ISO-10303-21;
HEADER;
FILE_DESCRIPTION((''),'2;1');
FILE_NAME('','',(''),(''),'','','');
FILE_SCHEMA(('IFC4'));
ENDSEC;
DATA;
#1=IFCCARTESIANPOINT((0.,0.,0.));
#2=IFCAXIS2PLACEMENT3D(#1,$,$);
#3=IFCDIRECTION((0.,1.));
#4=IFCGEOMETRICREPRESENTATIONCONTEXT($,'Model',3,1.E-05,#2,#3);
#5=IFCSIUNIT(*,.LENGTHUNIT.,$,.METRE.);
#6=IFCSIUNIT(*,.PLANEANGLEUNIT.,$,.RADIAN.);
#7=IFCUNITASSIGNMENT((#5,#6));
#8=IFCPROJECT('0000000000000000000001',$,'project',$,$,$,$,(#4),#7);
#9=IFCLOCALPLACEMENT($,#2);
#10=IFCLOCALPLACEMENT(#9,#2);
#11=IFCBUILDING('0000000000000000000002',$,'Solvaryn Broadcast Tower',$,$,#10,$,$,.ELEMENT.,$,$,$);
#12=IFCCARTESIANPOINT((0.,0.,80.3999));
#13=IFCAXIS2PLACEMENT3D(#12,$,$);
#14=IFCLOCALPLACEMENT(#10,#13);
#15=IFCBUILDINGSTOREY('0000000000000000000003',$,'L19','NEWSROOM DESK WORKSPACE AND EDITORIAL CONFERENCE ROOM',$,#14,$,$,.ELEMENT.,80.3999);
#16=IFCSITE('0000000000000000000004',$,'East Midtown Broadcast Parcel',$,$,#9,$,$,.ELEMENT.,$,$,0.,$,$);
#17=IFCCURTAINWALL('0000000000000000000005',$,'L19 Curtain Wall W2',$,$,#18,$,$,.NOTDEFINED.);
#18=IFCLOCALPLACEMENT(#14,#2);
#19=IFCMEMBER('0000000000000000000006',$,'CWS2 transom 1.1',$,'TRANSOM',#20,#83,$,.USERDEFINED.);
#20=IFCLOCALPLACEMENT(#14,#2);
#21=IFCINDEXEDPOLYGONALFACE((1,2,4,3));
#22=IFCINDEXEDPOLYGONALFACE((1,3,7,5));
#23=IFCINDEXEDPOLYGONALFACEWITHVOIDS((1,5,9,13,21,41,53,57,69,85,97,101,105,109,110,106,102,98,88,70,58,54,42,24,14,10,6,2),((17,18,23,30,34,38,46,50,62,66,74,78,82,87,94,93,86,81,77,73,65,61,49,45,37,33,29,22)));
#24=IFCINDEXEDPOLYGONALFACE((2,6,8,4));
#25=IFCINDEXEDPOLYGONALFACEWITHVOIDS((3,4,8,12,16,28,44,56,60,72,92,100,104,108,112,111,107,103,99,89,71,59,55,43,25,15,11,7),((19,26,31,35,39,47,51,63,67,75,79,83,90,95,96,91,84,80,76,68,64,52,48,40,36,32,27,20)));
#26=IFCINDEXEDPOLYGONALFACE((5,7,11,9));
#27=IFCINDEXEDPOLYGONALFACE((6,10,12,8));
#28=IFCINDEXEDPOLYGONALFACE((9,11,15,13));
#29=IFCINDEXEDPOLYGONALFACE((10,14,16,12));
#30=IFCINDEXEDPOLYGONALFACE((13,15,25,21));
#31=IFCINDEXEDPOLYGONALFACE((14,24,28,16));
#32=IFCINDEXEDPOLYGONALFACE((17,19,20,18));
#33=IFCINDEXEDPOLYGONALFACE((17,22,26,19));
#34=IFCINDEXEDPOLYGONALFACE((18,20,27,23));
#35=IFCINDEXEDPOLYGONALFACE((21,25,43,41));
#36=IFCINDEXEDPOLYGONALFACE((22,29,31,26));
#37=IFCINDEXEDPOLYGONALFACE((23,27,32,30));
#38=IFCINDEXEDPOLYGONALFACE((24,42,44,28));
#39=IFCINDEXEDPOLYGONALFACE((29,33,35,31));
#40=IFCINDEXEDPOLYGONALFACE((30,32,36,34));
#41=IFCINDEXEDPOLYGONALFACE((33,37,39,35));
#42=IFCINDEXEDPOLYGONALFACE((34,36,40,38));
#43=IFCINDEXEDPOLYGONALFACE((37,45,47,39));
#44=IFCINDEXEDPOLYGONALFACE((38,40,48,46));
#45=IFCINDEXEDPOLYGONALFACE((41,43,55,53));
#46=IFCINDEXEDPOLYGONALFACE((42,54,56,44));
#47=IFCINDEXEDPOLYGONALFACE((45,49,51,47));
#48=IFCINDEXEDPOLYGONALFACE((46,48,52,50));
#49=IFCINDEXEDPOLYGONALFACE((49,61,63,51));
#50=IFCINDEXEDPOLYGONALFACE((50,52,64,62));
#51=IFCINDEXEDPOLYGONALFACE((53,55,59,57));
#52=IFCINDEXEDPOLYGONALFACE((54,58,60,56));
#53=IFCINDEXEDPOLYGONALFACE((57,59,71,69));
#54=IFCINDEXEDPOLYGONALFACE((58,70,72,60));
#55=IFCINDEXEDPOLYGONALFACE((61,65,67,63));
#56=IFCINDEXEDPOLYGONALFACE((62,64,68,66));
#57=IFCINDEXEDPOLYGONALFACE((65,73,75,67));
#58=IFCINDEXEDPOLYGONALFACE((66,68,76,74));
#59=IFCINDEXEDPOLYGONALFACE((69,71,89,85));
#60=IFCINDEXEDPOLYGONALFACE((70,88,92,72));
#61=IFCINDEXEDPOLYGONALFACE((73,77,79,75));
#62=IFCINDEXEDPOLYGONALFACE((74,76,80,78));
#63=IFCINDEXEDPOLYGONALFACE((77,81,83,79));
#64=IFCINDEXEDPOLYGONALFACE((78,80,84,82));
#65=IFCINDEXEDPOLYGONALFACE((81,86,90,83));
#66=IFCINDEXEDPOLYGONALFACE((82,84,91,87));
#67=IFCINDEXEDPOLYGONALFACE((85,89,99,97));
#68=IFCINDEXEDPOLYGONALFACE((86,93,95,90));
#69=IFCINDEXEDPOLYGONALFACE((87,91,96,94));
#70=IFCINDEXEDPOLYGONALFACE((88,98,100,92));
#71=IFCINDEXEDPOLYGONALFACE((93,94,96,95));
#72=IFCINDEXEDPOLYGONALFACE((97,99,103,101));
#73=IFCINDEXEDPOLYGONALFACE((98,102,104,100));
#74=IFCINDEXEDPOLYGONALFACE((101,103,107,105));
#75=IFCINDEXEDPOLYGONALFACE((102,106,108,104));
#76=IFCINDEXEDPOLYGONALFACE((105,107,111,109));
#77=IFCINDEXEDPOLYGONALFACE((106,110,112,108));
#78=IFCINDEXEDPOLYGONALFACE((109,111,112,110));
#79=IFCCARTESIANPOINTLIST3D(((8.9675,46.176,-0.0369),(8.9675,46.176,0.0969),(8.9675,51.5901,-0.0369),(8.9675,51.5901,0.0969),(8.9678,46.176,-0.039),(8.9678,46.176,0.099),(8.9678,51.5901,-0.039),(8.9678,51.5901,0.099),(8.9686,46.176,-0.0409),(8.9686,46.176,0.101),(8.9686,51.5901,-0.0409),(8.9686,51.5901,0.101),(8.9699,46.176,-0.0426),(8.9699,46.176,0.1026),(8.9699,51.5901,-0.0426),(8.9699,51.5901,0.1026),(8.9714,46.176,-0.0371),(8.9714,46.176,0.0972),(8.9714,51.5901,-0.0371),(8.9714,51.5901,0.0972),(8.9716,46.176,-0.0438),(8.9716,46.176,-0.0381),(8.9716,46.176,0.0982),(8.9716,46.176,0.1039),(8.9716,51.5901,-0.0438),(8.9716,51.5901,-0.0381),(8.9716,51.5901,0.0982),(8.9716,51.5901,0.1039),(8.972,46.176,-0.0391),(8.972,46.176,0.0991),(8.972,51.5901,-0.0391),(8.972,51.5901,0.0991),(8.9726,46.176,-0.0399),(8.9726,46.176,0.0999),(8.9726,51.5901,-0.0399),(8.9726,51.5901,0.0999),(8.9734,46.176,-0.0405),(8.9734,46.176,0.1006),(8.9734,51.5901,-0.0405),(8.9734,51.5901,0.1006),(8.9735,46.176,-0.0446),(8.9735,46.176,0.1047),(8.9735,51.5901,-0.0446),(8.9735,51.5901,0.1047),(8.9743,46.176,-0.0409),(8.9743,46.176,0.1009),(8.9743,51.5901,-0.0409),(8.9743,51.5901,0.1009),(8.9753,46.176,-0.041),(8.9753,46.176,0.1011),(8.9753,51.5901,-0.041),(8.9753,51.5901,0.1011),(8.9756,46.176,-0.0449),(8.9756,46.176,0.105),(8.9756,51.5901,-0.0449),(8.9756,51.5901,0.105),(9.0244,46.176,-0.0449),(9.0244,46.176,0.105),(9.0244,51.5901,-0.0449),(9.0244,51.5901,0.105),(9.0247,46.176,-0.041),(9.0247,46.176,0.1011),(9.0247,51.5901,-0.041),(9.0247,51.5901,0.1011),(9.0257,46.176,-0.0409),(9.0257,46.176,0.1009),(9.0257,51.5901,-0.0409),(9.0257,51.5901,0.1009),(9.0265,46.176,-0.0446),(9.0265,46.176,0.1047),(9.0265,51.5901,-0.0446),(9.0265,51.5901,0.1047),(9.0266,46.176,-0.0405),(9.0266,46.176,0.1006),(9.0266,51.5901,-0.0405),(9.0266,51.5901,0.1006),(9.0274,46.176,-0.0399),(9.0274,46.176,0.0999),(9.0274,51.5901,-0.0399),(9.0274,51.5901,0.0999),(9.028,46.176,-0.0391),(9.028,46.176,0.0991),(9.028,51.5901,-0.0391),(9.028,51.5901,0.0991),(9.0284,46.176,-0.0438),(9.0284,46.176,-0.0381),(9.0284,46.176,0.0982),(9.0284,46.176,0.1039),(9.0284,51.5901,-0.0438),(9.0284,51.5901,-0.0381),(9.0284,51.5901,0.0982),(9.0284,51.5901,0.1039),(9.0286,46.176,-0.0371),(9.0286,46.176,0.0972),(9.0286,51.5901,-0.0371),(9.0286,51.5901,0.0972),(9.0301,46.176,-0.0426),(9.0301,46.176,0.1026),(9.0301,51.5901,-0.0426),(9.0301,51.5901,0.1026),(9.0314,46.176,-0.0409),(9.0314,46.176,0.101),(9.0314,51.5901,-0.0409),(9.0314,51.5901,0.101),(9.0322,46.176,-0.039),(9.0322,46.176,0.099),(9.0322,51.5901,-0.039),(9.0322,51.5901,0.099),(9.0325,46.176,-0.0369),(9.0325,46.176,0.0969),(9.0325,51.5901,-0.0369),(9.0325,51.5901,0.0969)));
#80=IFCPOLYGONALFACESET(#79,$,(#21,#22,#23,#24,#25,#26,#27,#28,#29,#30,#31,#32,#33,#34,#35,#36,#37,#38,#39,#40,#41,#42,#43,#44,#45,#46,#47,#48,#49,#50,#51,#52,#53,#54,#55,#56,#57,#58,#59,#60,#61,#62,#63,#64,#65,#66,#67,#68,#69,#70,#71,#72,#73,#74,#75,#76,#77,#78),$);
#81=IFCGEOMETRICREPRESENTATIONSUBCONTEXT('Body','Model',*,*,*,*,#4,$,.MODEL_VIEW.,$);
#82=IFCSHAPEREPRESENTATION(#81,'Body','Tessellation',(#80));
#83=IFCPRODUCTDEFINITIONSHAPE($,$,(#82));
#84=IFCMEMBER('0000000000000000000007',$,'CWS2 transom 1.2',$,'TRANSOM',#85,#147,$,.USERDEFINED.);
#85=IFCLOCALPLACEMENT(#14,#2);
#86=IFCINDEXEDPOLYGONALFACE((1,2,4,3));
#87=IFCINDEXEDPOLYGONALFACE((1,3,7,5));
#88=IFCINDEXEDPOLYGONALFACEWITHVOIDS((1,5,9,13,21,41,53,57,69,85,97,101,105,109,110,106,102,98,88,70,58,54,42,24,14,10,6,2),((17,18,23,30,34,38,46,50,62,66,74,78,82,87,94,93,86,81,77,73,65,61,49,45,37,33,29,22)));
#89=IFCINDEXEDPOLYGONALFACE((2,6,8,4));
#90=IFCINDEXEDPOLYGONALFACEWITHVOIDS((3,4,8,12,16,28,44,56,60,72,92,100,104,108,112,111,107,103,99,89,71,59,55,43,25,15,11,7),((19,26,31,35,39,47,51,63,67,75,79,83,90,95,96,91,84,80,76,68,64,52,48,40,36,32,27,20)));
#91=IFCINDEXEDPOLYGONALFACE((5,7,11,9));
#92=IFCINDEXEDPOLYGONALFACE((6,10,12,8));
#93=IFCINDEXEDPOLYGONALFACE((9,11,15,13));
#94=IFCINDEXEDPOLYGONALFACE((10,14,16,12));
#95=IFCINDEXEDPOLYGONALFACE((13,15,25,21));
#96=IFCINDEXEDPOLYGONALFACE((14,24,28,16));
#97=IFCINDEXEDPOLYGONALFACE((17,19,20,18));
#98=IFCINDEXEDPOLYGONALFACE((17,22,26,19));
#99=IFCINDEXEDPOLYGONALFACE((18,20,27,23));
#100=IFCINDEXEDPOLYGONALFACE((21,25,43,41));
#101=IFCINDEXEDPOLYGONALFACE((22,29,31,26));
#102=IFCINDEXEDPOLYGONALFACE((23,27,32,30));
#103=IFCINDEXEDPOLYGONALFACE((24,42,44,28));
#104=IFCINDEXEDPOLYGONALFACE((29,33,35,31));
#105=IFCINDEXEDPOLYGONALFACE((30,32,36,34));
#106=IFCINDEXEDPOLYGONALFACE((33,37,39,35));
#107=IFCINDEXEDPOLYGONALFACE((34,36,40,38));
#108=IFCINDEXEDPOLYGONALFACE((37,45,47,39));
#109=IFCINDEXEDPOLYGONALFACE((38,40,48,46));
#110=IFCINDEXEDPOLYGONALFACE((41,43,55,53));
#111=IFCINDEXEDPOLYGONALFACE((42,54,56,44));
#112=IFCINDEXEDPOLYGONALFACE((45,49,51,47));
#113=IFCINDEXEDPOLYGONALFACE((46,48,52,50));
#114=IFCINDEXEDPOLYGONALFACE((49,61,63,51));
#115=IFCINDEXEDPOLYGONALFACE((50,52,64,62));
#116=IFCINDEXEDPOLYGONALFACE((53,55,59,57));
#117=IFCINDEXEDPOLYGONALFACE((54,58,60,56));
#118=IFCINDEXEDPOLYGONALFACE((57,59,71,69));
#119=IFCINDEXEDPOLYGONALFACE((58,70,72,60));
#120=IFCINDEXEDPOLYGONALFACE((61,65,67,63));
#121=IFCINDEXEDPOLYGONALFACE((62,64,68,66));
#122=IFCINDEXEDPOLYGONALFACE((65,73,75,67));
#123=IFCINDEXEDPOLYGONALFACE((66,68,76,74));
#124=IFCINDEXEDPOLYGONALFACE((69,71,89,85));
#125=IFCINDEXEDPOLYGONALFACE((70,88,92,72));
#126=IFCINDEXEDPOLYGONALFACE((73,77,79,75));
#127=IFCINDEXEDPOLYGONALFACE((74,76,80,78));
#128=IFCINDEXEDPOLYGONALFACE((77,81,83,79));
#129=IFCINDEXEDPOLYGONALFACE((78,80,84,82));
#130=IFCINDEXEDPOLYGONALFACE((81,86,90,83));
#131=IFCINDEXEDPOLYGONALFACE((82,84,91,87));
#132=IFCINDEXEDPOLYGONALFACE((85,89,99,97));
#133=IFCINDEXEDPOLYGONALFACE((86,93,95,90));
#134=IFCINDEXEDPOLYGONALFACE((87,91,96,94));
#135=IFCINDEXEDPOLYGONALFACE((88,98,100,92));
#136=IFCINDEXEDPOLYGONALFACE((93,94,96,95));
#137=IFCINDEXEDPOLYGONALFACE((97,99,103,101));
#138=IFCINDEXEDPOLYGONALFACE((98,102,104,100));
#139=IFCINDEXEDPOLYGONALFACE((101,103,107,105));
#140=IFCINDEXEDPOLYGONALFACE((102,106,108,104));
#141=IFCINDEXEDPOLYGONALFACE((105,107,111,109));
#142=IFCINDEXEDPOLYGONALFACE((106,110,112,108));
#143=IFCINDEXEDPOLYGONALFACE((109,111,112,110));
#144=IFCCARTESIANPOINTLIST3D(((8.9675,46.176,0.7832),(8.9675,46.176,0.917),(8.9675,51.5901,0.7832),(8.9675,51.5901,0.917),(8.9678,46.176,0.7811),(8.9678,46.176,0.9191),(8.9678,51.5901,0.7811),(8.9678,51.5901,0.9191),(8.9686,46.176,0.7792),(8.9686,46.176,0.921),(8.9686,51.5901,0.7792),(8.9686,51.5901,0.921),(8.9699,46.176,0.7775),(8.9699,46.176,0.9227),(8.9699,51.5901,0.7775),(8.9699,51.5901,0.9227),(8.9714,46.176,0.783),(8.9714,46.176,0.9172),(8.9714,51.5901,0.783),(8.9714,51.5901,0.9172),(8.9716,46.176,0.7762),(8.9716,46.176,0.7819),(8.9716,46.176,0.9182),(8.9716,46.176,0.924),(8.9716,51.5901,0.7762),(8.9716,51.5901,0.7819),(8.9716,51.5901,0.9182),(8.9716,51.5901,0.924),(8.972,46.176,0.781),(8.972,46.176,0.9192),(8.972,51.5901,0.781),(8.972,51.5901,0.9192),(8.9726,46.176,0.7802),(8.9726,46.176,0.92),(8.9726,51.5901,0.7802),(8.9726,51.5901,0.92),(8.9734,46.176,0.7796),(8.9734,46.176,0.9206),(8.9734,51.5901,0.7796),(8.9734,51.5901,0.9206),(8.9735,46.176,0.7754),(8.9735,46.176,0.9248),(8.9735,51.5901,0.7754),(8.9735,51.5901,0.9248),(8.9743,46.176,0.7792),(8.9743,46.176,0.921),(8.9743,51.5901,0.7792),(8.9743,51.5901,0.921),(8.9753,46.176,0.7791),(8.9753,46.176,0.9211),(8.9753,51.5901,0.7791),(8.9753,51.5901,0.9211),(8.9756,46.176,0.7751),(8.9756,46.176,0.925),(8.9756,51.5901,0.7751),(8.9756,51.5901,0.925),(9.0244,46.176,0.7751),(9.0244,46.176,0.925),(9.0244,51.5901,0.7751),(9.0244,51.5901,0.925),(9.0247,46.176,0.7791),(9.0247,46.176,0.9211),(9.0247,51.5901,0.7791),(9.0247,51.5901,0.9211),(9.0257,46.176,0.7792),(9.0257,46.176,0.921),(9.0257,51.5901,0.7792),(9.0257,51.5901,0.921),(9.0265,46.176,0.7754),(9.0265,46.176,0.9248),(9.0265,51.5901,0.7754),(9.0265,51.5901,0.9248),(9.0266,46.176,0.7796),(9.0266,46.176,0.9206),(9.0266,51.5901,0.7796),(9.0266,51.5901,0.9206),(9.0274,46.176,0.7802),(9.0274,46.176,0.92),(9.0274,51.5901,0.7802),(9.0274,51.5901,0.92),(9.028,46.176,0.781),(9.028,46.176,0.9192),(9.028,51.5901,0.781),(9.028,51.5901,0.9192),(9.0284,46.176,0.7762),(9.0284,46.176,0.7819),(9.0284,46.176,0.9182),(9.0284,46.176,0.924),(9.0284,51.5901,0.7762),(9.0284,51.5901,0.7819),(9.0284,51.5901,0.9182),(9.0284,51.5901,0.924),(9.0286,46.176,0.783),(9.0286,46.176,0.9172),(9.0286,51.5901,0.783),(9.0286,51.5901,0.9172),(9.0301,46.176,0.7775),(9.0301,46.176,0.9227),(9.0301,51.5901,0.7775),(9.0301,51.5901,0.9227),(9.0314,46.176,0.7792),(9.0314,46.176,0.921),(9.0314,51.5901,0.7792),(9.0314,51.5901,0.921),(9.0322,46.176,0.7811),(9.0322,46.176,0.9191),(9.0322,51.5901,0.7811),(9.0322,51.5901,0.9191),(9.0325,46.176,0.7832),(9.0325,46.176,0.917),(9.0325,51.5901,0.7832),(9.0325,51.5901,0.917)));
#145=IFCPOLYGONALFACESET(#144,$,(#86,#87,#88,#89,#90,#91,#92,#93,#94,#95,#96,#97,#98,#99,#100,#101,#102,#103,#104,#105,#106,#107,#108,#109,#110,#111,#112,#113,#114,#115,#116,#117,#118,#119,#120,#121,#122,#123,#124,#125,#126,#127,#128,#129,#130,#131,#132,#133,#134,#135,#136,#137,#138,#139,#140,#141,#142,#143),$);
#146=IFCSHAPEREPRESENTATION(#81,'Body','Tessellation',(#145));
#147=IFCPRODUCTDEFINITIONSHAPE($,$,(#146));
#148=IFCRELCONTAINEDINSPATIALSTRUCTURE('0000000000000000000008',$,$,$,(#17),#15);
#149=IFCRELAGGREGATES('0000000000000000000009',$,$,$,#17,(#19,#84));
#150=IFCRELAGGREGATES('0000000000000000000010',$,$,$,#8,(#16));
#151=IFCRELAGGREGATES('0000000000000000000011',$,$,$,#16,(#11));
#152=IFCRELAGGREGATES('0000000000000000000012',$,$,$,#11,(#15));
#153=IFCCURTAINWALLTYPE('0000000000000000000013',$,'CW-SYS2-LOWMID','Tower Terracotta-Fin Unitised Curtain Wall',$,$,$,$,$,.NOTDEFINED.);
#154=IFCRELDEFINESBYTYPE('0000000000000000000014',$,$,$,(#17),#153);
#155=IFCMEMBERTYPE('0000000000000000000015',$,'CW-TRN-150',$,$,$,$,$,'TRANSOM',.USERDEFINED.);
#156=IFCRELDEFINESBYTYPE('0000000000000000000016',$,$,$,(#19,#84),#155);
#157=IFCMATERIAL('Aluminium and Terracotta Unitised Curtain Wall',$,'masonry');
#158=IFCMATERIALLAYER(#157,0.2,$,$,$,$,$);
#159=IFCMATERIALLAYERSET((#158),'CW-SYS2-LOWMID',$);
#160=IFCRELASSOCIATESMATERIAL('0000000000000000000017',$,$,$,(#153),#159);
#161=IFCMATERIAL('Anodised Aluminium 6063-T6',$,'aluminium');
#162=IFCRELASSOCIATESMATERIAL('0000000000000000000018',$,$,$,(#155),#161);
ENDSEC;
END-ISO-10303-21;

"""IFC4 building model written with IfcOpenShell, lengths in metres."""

from ifc_helpers import new_model, si_unit, direction, frame, origin, origin_2d, place, context, subcontext, project, spatial, hollow_rectangle, extrude, material, layer, layer_set, material_profile, profile_set, type_object, element, aggregate, save


model = new_model("IFC4")

# Units and contexts
model_context = context("Model", 3, precision=1e-05, world=origin(), true_north=direction((0.0, 1.0)))
body_context = subcontext(model_context, "Body", "Model", "MODEL_VIEW")
ifc_project = project(units=[si_unit("LENGTHUNIT", "METRE"), si_unit("PLANEANGLEUNIT", "RADIAN")], contexts=[model_context])

# Site, building, storey
site_placement = place(None, origin())
site = spatial("IfcSite", under=ifc_project, at=site_placement, Name="East Midtown Broadcast Parcel", CompositionType="ELEMENT", RefElevation=0.0)
building_placement = place(site_placement, origin())
building = spatial("IfcBuilding", under=site, at=building_placement, Name="Solvaryn Broadcast Tower", CompositionType="ELEMENT")
storey_placement = place(building_placement, frame((0.0, 0.0, 80.3999)))
storey = spatial("IfcBuildingStorey", under=building, at=storey_placement, Name="L19", Description="NEWSROOM DESK WORKSPACE AND EDITORIAL CONFERENCE ROOM", CompositionType="ELEMENT", Elevation=80.3999)

# Shared definitions
ifc_material_1 = material(Name="Aluminium and Terracotta Unitised Curtain Wall", Category="masonry")
ifc_layer_1 = layer(ifc_material_1, 0.2)
ifc_layer_set_1 = layer_set([ifc_layer_1], Name="CW-SYS2-LOWMID")
curtain_wall_type = type_object("IfcCurtainWallType", Name="CW-SYS2-LOWMID", Description="Tower Terracotta-Fin Unitised Curtain Wall", PredefinedType="NOTDEFINED", material=ifc_layer_set_1)

# Curtain wall
curtain_wall_1_placement = place(storey_placement, origin())
curtain_wall_1 = element("IfcCurtainWall", 1, at=curtain_wall_1_placement, inside=storey, type_object=curtain_wall_type, Name="L19 Curtain Wall W2", PredefinedType="NOTDEFINED")

# Members
ifc_material_2 = material(Name="Anodised Aluminium 6063-T6", Category="aluminium")
ifc_material_profile_1 = material_profile(ifc_material_2, hollow_rectangle(XDim=0.0649, YDim=0.1499, WallThickness=0.0039, InnerFilletRadius=0.0039, OuterFilletRadius=0.0081, at=origin_2d()))
ifc_profile_set_1 = profile_set([ifc_material_profile_1], Name="Anodised Aluminium 6063-T6")
member_type_1 = type_object("IfcMemberType", Name="CW-TRN-150", ElementType="TRANSOM", PredefinedType="USERDEFINED", material=ifc_profile_set_1)
member_1_placement = place(storey_placement, frame((9.0, 46.176, 0.03), z_axis=(0.0, 1.0, 0.0), x_axis=(-1.0, 0.0, 0.0)))
member_1 = element("IfcMember", 2, at=member_1_placement, type_object=member_type_1, Name="CWS2 transom 1.1", ObjectType="TRANSOM", PredefinedType="USERDEFINED", context=body_context, shape_type="SweptSolid", body=[
    extrude(hollow_rectangle(XDim=0.0649, YDim=0.1499, WallThickness=0.0039, InnerFilletRadius=0.0039, OuterFilletRadius=0.0081, at=origin_2d()), origin(), (0.0, 0.0, 1.0), 5.4141),
])
member_2_placement = place(storey_placement, frame((9.0, 46.176, 0.8501), z_axis=(0.0, 1.0, 0.0), x_axis=(-1.0, 0.0, 0.0)))
member_2 = element("IfcMember", 3, at=member_2_placement, type_object=member_type_1, Name="CWS2 transom 1.2", ObjectType="TRANSOM", PredefinedType="USERDEFINED", context=body_context, shape_type="SweptSolid", body=[
    extrude(hollow_rectangle(XDim=0.0649, YDim=0.1499, WallThickness=0.0039, InnerFilletRadius=0.0039, OuterFilletRadius=0.0081, at=origin_2d()), origin(), (0.0, 0.0, 1.0), 5.4141),
])

aggregate(curtain_wall_1, [member_1, member_2])

save(model, "model.ifc")
